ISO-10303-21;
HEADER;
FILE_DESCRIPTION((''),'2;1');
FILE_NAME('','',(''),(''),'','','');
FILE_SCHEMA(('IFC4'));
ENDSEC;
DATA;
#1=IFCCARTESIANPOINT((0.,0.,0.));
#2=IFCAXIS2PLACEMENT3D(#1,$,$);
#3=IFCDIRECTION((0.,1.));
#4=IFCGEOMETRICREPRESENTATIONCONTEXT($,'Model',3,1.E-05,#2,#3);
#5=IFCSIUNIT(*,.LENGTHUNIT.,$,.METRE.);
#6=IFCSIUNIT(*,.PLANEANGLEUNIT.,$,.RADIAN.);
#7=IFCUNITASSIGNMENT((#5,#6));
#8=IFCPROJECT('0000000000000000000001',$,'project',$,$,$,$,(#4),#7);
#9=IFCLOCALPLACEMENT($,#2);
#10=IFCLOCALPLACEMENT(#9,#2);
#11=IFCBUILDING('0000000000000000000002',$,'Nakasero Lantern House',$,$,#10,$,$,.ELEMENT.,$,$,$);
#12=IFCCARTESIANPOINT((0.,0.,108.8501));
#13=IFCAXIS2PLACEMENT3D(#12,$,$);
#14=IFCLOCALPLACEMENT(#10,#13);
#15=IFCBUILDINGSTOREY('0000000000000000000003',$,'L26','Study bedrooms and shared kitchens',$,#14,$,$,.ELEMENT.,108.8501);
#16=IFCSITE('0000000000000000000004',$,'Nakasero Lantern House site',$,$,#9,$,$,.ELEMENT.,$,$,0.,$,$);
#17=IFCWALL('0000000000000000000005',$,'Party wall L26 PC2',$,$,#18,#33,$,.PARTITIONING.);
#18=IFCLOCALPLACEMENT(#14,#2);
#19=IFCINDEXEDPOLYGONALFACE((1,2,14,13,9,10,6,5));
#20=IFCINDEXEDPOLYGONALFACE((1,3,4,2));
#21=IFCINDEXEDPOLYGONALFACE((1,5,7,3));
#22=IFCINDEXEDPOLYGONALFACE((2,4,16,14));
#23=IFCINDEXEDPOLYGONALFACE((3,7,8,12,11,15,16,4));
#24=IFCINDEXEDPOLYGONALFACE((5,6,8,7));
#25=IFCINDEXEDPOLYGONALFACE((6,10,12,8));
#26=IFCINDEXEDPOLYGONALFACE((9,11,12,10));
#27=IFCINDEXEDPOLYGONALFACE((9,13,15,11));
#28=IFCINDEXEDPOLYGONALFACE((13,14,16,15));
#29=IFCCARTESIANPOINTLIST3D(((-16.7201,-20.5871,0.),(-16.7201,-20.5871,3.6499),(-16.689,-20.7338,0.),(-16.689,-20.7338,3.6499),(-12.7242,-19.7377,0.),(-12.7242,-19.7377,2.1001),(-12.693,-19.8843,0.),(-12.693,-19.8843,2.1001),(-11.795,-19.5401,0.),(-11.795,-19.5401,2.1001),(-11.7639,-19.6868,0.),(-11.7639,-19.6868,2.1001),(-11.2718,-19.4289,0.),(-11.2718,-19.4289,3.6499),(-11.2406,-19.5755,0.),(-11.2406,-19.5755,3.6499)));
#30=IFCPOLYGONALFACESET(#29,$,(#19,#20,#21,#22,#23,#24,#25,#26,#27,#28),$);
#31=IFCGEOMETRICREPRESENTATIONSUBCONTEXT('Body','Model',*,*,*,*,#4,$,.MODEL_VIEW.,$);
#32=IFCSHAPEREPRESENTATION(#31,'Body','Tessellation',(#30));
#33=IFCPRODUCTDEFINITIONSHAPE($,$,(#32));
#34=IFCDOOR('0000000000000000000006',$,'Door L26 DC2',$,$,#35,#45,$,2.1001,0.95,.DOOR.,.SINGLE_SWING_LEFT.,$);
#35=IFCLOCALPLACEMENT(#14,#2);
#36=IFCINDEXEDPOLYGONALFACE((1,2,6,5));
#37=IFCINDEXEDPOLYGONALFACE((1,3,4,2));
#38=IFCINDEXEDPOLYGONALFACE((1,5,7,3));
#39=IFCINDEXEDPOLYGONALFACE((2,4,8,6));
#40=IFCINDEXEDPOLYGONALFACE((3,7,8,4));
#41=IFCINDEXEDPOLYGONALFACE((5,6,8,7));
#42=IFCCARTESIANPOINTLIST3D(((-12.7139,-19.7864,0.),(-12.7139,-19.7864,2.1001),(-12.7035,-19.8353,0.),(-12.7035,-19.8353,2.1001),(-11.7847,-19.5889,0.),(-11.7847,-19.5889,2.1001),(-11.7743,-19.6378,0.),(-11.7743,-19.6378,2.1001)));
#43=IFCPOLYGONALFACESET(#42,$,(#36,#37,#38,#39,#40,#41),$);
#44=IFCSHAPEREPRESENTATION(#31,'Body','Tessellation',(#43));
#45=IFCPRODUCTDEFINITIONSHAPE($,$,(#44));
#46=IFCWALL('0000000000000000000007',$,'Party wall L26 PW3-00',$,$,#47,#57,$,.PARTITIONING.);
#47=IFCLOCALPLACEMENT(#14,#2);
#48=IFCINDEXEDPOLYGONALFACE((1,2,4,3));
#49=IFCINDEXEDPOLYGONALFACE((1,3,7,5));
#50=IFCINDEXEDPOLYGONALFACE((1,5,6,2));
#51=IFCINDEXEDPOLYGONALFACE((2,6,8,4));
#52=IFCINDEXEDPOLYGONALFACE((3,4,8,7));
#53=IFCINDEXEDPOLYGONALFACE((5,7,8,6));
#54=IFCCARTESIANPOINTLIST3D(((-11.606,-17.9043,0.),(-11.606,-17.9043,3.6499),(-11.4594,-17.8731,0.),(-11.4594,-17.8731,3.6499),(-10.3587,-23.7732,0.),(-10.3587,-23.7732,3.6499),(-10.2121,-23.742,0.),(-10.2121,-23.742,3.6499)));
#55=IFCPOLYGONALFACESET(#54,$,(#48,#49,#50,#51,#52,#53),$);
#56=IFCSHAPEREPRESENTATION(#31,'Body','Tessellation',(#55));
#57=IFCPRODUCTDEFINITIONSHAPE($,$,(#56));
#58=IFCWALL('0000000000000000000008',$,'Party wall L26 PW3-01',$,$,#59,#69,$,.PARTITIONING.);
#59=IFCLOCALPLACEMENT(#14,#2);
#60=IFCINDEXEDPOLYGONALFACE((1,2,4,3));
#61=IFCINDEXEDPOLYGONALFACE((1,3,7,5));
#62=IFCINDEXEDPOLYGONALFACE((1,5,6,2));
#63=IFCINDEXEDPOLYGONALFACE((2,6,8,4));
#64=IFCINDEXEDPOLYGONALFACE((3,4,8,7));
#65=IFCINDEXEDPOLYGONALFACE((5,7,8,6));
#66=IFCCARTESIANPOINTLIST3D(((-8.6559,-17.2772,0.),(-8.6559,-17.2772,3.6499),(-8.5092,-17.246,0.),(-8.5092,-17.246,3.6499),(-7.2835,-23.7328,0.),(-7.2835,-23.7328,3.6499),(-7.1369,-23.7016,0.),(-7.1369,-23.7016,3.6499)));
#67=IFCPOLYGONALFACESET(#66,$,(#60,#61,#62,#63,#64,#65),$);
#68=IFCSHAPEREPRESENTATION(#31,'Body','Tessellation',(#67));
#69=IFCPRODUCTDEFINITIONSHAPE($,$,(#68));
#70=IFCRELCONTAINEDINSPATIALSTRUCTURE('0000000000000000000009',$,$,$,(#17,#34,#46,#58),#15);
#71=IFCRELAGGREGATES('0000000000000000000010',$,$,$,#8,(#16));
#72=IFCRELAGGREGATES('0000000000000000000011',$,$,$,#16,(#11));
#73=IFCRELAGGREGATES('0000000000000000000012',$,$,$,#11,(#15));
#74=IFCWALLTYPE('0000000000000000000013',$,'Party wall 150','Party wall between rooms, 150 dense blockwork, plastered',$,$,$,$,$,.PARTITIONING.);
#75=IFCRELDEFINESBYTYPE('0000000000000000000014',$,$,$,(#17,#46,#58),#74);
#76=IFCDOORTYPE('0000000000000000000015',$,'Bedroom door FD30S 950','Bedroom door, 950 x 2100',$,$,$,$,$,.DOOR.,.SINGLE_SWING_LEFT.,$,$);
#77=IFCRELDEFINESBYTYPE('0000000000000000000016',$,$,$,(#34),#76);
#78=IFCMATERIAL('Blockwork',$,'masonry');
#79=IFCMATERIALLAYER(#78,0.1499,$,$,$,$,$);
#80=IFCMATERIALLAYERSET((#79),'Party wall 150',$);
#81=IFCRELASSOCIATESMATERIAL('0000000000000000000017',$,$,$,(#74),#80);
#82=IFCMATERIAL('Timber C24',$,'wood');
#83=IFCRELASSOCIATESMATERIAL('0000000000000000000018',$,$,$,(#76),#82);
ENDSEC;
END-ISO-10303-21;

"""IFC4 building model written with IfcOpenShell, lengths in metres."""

from ifc_helpers import new_model, si_unit, direction, frame, frame_2d, origin, place, context, subcontext, project, spatial, rectangle, extrude, material, layer, layer_set, type_object, element, fill, save


model = new_model("IFC4")

# Units and contexts
model_context = context("Model", 3, precision=1e-05, world=origin(), true_north=direction((0.0, 1.0)))
body_context = subcontext(model_context, "Body", "Model", "MODEL_VIEW")
ifc_project = project(units=[si_unit("LENGTHUNIT", "METRE"), si_unit("PLANEANGLEUNIT", "RADIAN")], contexts=[model_context])

# Site, building, storey
site_placement = place(None, origin())
site = spatial("IfcSite", under=ifc_project, at=site_placement, Name="Nakasero Lantern House site", CompositionType="ELEMENT", RefElevation=0.0)
building_placement = place(site_placement, origin())
building = spatial("IfcBuilding", under=site, at=building_placement, Name="Nakasero Lantern House", CompositionType="ELEMENT")
storey_placement = place(building_placement, frame((0.0, 0.0, 108.8501)))
storey = spatial("IfcBuildingStorey", under=building, at=storey_placement, Name="L26", Description="Study bedrooms and shared kitchens", CompositionType="ELEMENT", Elevation=108.8501)

# Wall, opening, door
ifc_material_1 = material(Name="Blockwork", Category="masonry")
ifc_layer_1 = layer(ifc_material_1, 0.1499)
ifc_layer_set_1 = layer_set([ifc_layer_1], Name="Party wall 150")
wall_type_1 = type_object("IfcWallType", Name="Party wall 150", Description="Party wall between rooms, 150 dense blockwork, plastered", PredefinedType="PARTITIONING", material=ifc_layer_set_1)
wall_1_placement = place(storey_placement, frame((-11.2561, -19.5022, 0.0), z_axis=(0.0, 0.0, 1.0), x_axis=(-0.978142, -0.207936, 0.0)))
wall_1 = element("IfcWall", 1, at=wall_1_placement, inside=storey, type_object=wall_type_1, Name="Party wall L26 PC2", PredefinedType="PARTITIONING", context=body_context, shape_type="SweptSolid", body=[
    extrude(rectangle(XDim=5.5701, YDim=0.1499, at=frame_2d((2.7852, 0.0))), origin(), (0.0, 0.0, 1.0), 3.6499),
])
opening_1_placement = place(wall_1_placement, frame((0.5349, 0.0, 0.0)))
opening_1 = element("IfcOpeningElement", 2, at=opening_1_placement, cuts=wall_1, PredefinedType="OPENING", context=body_context, shape_type="SweptSolid", body=[
    extrude(rectangle(XDim=0.95, YDim=2.1001, at=frame_2d((0.4751, 1.05))), frame((0.0, 0.095, 0.0), z_axis=(0.0, -1.0, 0.0), x_axis=(1.0, 0.0, 0.0)), (0.0, 0.0, 1.0), 0.1899),
])
ifc_material_2 = material(Name="Timber C24", Category="wood")
door_type_1 = type_object("IfcDoorType", Name="Bedroom door FD30S 950", Description="Bedroom door, 950 x 2100", OperationType="SINGLE_SWING_LEFT", PredefinedType="DOOR", material=ifc_material_2)
door_1_placement = place(opening_1_placement, origin())
door_1 = element("IfcDoor", 3, at=door_1_placement, inside=storey, type_object=door_type_1, Name="Door L26 DC2", OperationType="SINGLE_SWING_LEFT", OverallHeight=2.1001, OverallWidth=0.95, PredefinedType="DOOR", context=body_context, shape_type="SweptSolid", body=[
    extrude(rectangle(XDim=0.95, YDim=2.1001, at=frame_2d((0.4751, 1.05))), frame((0.0, 0.0249, 0.0), z_axis=(0.0, -1.0, 0.0), x_axis=(1.0, 0.0, 0.0)), (0.0, 0.0, 1.0), 0.05),
])
fill(opening_1, door_1)

# Walls
wall_2_placement = place(storey_placement, frame((-11.5327, -17.8887, 0.0), z_axis=(0.0, 0.0, 1.0), x_axis=(0.207886, -0.978153, 0.0)))
element("IfcWall", 4, at=wall_2_placement, inside=storey, type_object=wall_type_1, Name="Party wall L26 PW3-00", PredefinedType="PARTITIONING", context=body_context, shape_type="SweptSolid", body=[
    extrude(rectangle(XDim=6.0, YDim=0.1499, at=frame_2d((3.0, 0.0))), origin(), (0.0, 0.0, 1.0), 3.6499),
])
wall_3_placement = place(storey_placement, frame((-8.5825, -17.2617, 0.0), z_axis=(0.0, 0.0, 1.0), x_axis=(0.207932, -0.978143, 0.0)))
element("IfcWall", 5, at=wall_3_placement, inside=storey, type_object=wall_type_1, Name="Party wall L26 PW3-01", PredefinedType="PARTITIONING", context=body_context, shape_type="SweptSolid", body=[
    extrude(rectangle(XDim=6.5999, YDim=0.1499, at=frame_2d((3.2998, 0.0))), origin(), (0.0, 0.0, 1.0), 3.6499),
])

save(model, "model.ifc")
